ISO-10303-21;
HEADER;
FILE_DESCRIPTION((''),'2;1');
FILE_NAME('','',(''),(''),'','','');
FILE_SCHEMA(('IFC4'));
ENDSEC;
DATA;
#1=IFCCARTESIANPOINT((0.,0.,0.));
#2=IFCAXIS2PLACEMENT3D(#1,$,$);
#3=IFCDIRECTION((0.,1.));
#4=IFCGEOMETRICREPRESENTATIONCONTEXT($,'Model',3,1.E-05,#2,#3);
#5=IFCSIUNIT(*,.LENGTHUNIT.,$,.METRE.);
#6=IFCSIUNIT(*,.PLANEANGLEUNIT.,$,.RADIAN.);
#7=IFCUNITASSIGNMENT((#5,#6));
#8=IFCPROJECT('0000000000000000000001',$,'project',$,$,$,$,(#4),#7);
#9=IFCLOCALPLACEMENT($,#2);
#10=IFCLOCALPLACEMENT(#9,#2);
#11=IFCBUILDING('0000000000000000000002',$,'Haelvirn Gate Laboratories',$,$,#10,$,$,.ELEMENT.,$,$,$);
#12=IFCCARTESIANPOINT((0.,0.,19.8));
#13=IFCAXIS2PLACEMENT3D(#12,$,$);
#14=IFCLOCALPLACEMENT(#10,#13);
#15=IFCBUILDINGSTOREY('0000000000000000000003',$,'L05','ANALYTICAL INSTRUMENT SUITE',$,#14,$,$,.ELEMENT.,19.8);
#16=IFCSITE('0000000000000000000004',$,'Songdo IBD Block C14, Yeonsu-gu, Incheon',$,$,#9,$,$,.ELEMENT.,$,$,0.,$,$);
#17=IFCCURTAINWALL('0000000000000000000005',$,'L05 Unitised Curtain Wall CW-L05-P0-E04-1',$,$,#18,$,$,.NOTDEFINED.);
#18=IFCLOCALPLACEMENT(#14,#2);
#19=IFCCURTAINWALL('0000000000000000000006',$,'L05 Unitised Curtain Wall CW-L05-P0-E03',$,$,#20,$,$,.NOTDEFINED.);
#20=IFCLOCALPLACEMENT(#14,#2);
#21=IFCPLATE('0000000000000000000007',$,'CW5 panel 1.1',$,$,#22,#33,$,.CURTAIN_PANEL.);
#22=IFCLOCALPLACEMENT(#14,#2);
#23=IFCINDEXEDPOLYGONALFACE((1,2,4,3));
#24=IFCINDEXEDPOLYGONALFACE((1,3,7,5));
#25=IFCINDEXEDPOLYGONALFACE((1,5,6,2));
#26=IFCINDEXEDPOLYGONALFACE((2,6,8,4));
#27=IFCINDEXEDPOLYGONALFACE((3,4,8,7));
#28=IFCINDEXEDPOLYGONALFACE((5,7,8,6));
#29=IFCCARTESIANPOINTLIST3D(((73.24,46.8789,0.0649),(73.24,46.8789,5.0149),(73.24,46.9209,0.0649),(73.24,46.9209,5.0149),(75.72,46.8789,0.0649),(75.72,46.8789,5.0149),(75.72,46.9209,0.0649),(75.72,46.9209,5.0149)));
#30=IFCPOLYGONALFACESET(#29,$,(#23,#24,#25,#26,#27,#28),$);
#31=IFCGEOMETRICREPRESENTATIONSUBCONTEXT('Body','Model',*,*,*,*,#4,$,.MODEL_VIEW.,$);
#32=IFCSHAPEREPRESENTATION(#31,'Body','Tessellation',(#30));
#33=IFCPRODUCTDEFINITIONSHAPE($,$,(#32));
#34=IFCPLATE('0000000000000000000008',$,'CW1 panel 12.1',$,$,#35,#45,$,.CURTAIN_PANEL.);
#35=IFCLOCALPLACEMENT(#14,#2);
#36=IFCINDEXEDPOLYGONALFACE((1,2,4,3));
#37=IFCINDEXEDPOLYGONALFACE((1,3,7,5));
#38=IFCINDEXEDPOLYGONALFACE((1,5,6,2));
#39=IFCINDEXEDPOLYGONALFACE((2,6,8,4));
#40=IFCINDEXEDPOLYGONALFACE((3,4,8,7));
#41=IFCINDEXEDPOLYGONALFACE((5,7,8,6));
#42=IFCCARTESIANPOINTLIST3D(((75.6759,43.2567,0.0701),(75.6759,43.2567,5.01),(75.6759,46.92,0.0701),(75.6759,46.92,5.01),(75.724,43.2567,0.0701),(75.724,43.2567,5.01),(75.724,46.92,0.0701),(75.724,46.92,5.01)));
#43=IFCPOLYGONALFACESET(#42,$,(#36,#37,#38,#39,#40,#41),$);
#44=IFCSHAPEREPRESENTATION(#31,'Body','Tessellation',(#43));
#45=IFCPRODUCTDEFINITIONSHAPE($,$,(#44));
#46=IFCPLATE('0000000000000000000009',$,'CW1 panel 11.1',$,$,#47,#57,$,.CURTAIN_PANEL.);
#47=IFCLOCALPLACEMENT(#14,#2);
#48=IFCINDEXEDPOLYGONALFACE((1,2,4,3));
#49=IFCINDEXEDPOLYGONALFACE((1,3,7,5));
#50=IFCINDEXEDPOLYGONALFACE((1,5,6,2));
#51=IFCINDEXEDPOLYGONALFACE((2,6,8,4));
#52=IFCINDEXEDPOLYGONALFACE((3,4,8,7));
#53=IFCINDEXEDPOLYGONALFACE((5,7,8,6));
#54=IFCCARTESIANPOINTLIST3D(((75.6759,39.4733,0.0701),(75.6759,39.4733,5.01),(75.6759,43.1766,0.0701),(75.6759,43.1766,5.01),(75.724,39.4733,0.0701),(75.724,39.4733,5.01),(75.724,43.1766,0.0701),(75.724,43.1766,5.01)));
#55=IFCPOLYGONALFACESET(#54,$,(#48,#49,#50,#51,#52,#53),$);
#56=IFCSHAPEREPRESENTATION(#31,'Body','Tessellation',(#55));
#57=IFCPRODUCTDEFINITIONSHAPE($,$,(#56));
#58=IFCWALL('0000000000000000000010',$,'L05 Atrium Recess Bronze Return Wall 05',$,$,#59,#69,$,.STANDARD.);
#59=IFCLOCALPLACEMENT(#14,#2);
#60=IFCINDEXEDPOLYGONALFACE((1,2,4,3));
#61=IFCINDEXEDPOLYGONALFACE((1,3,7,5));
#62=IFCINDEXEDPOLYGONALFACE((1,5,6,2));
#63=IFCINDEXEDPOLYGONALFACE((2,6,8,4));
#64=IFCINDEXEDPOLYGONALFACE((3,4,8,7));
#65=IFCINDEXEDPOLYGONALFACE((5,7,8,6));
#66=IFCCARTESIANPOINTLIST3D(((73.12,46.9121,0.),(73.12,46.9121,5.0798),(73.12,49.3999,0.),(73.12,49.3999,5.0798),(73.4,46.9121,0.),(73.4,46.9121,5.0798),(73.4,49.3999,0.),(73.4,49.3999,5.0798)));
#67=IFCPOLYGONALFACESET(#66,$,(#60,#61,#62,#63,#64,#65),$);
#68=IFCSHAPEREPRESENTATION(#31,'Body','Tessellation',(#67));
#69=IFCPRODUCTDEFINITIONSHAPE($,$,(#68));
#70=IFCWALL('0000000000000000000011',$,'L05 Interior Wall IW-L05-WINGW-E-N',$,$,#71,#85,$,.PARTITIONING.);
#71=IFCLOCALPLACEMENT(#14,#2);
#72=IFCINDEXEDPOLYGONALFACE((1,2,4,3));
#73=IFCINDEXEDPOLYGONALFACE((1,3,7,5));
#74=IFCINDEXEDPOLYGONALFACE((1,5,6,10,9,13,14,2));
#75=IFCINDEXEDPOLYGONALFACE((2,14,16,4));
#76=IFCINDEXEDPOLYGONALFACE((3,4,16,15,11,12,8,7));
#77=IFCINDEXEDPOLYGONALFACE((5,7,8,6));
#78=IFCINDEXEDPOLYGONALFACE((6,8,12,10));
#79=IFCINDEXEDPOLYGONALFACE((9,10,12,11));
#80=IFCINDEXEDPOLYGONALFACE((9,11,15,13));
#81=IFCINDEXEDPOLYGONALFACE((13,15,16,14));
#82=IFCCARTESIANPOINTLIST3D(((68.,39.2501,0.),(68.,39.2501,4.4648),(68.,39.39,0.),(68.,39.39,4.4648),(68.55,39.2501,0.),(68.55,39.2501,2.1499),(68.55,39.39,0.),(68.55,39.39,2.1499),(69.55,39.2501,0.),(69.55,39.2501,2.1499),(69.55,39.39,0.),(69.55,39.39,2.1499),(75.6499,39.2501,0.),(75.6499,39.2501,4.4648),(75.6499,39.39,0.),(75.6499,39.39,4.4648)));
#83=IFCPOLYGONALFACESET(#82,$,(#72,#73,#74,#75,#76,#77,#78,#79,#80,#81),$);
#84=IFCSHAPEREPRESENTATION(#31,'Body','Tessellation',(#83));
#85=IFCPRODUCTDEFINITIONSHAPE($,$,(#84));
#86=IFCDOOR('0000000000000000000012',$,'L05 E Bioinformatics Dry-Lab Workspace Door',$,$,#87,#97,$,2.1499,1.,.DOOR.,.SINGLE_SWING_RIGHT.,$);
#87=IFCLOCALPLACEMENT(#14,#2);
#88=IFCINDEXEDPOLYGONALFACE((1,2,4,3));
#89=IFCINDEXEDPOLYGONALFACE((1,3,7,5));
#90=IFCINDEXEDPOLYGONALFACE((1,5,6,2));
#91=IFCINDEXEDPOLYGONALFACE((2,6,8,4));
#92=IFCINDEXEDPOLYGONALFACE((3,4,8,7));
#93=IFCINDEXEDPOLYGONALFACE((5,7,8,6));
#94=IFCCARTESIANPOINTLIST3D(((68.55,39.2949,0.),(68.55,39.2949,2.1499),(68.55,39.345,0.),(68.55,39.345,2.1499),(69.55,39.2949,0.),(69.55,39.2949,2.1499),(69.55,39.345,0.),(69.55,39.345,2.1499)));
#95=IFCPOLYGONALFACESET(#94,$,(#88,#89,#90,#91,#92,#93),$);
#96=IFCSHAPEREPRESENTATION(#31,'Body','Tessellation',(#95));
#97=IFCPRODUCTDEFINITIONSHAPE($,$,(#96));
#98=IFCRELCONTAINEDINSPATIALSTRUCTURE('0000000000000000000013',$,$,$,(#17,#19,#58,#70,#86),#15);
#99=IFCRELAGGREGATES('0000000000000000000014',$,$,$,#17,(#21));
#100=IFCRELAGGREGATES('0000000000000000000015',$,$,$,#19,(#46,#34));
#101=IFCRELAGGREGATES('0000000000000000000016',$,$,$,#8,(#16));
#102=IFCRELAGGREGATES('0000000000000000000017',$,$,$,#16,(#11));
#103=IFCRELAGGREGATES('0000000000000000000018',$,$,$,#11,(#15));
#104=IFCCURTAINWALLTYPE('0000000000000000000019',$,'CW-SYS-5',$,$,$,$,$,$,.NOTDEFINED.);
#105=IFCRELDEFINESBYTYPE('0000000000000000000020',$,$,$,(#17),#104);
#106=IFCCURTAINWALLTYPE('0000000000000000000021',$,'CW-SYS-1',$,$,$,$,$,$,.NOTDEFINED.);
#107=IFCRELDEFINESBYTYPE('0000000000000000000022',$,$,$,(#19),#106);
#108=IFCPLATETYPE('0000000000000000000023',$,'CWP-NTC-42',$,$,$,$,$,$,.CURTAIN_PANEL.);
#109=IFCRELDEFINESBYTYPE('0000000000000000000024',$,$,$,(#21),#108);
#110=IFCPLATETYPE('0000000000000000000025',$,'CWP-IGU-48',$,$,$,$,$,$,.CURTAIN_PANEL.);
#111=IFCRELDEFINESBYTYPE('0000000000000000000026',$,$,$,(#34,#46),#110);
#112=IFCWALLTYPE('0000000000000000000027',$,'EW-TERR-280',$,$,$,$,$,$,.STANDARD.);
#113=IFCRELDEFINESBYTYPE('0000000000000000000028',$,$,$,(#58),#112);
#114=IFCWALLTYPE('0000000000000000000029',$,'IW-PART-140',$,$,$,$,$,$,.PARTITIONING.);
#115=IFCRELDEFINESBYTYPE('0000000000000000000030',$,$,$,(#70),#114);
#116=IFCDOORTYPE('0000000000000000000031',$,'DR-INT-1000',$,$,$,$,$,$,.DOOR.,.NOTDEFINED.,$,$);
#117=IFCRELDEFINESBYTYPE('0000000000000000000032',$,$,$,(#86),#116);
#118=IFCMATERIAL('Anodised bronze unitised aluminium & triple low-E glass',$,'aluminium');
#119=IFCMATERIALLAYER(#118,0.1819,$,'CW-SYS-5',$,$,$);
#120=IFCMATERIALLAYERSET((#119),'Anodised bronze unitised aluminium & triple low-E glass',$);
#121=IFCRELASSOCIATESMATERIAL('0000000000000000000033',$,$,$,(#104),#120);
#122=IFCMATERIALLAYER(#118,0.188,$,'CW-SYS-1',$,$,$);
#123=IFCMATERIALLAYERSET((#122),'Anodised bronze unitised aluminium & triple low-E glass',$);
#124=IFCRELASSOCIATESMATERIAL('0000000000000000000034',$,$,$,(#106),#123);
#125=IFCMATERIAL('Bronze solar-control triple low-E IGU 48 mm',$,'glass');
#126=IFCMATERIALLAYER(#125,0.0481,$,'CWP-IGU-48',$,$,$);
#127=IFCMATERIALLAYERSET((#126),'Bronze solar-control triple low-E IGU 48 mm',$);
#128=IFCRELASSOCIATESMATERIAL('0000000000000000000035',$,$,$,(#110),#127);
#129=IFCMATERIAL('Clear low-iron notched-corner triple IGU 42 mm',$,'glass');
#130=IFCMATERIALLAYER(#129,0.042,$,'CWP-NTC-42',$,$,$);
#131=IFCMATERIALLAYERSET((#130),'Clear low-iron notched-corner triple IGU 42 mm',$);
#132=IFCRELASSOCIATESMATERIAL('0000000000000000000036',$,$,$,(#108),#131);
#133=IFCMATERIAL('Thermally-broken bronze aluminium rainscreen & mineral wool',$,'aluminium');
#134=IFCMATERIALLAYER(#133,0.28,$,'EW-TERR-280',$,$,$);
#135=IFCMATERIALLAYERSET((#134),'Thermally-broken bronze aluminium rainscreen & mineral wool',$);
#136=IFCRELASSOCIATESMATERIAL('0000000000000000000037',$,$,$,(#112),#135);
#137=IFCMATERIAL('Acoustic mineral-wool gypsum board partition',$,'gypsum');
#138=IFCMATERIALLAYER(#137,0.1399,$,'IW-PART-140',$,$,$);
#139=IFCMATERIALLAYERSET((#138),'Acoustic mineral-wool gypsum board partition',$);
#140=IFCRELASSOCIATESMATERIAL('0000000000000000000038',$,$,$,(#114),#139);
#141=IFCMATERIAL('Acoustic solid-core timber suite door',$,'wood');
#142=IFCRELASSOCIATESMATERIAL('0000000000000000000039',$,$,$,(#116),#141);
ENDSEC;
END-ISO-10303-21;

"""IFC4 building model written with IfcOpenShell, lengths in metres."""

from ifc_helpers import new_model, si_unit, direction, frame, frame_2d, origin, origin_2d, place, context, subcontext, project, spatial, rectangle, extrude, source, transform, mapped, material, layer, layer_set, type_object, type_shapes, element, fill, aggregate, save


model = new_model("IFC4")

# Units and contexts
model_context = context("Model", 3, precision=1e-05, world=origin(), true_north=direction((0.0, 1.0)))
body_context = subcontext(model_context, "Body", "Model", "MODEL_VIEW")
ifc_project = project(units=[si_unit("LENGTHUNIT", "METRE"), si_unit("PLANEANGLEUNIT", "RADIAN")], contexts=[model_context])

# Site, building, storey
site_placement = place(None, origin())
site = spatial("IfcSite", under=ifc_project, at=site_placement, Name="Songdo IBD Block C14, Yeonsu-gu, Incheon", CompositionType="ELEMENT", RefElevation=0.0)
building_placement = place(site_placement, origin())
building = spatial("IfcBuilding", under=site, at=building_placement, Name="Haelvirn Gate Laboratories", CompositionType="ELEMENT")
storey_placement = place(building_placement, frame((0.0, 0.0, 19.8)))
storey = spatial("IfcBuildingStorey", under=building, at=storey_placement, Name="L05", Description="ANALYTICAL INSTRUMENT SUITE", CompositionType="ELEMENT", Elevation=19.8)

# Curtain walls
ifc_material_1 = material(Name="Anodised bronze unitised aluminium & triple low-E glass", Category="aluminium")
ifc_layer_1 = layer(ifc_material_1, 0.1819, Name="CW-SYS-5")
ifc_layer_set_1 = layer_set([ifc_layer_1], Name="Anodised bronze unitised aluminium & triple low-E glass")
curtain_wall_type_1 = type_object("IfcCurtainWallType", Name="CW-SYS-5", PredefinedType="NOTDEFINED", material=ifc_layer_set_1)
curtain_wall_1_placement = place(storey_placement, origin())
curtain_wall_1 = element("IfcCurtainWall", 1, at=curtain_wall_1_placement, inside=storey, type_object=curtain_wall_type_1, Name="L05 Unitised Curtain Wall CW-L05-P0-E04-1", PredefinedType="NOTDEFINED")
ifc_layer_2 = layer(ifc_material_1, 0.188, Name="CW-SYS-1")
ifc_layer_set_2 = layer_set([ifc_layer_2], Name="Anodised bronze unitised aluminium & triple low-E glass")
curtain_wall_type_2 = type_object("IfcCurtainWallType", Name="CW-SYS-1", PredefinedType="NOTDEFINED", material=ifc_layer_set_2)
curtain_wall_2_placement = place(storey_placement, origin())
curtain_wall_2 = element("IfcCurtainWall", 2, at=curtain_wall_2_placement, inside=storey, type_object=curtain_wall_type_2, Name="L05 Unitised Curtain Wall CW-L05-P0-E03", PredefinedType="NOTDEFINED")

# Shared definitions
ifc_material_2 = material(Name="Bronze solar-control triple low-E IGU 48 mm", Category="glass")
ifc_layer_3 = layer(ifc_material_2, 0.0481, Name="CWP-IGU-48")
ifc_layer_set_3 = layer_set([ifc_layer_3], Name="Bronze solar-control triple low-E IGU 48 mm")
plate_type_1 = type_object("IfcPlateType", Name="CWP-IGU-48", PredefinedType="CURTAIN_PANEL", material=ifc_layer_set_3)

# Plates
ifc_material_3 = material(Name="Clear low-iron notched-corner triple IGU 42 mm", Category="glass")
ifc_layer_4 = layer(ifc_material_3, 0.042, Name="CWP-NTC-42")
ifc_layer_set_4 = layer_set([ifc_layer_4], Name="Clear low-iron notched-corner triple IGU 42 mm")
plate_type_2 = type_object("IfcPlateType", Name="CWP-NTC-42", PredefinedType="CURTAIN_PANEL", material=ifc_layer_set_4)
shared_shape_1 = source(origin(), body_context, "Body", "SweptSolid", [
    extrude(rectangle(XDim=2.48, YDim=0.042, at=origin_2d()), origin(), (0.0, 0.0, 1.0), 4.95),
])
type_shapes(plate_type_2, [shared_shape_1])
plate_1_placement = place(storey_placement, frame((74.48, 46.8999, 0.0649), z_axis=(0.0, 0.0, 1.0), x_axis=(1.0, 0.0, 0.0)))
plate_1 = element("IfcPlate", 3, at=plate_1_placement, type_object=plate_type_2, Name="CW5 panel 1.1", PredefinedType="CURTAIN_PANEL", context=body_context, shape_type="MappedRepresentation", body=[
    mapped(shared_shape_1, transform((0.0, 0.0, 0.0), scale=1.0)),
])
aggregate(curtain_wall_1, [plate_1])
shared_shape_2 = source(origin(), body_context, "Body", "SweptSolid", [
    extrude(rectangle(XDim=3.6633, YDim=0.0481, at=origin_2d()), origin(), (0.0, 0.0, 1.0), 4.9399),
])
plate_2_placement = place(storey_placement, frame((75.7, 45.0884, 0.0701), z_axis=(0.0, 0.0, 1.0), x_axis=(0.0, 1.0, 0.0)))
plate_2 = element("IfcPlate", 4, at=plate_2_placement, type_object=plate_type_1, Name="CW1 panel 12.1", PredefinedType="CURTAIN_PANEL", context=body_context, shape_type="MappedRepresentation", body=[
    mapped(shared_shape_2, transform((0.0, 0.0, 0.0), scale=1.0)),
])
shared_shape_3 = source(origin(), body_context, "Body", "SweptSolid", [
    extrude(rectangle(XDim=3.7034, YDim=0.0481, at=origin_2d()), origin(), (0.0, 0.0, 1.0), 4.9399),
])
plate_3_placement = place(storey_placement, frame((75.7, 41.325, 0.0701), z_axis=(0.0, 0.0, 1.0), x_axis=(0.0, 1.0, 0.0)))
plate_3 = element("IfcPlate", 5, at=plate_3_placement, type_object=plate_type_1, Name="CW1 panel 11.1", PredefinedType="CURTAIN_PANEL", context=body_context, shape_type="MappedRepresentation", body=[
    mapped(shared_shape_3, transform((0.0, 0.0, 0.0), scale=1.0)),
])
aggregate(curtain_wall_2, [plate_3, plate_2])

# Wall
ifc_material_4 = material(Name="Thermally-broken bronze aluminium rainscreen & mineral wool", Category="aluminium")
ifc_layer_5 = layer(ifc_material_4, 0.28, Name="EW-TERR-280")
ifc_layer_set_5 = layer_set([ifc_layer_5], Name="Thermally-broken bronze aluminium rainscreen & mineral wool")
wall_type_1 = type_object("IfcWallType", Name="EW-TERR-280", PredefinedType="STANDARD", material=ifc_layer_set_5)
wall_1_placement = place(storey_placement, frame((73.26, 46.9121, 0.0), z_axis=(0.0, 0.0, 1.0), x_axis=(0.0, 1.0, 0.0)))
element("IfcWall", 6, at=wall_1_placement, inside=storey, type_object=wall_type_1, Name="L05 Atrium Recess Bronze Return Wall 05", PredefinedType="STANDARD", context=body_context, shape_type="SweptSolid", body=[
    extrude(rectangle(XDim=2.4878, YDim=0.28, at=frame_2d((1.2439, 0.0))), origin(), (0.0, 0.0, 1.0), 5.0798),
])

# Wall, opening, door
ifc_material_5 = material(Name="Acoustic mineral-wool gypsum board partition", Category="gypsum")
ifc_layer_6 = layer(ifc_material_5, 0.1399, Name="IW-PART-140")
ifc_layer_set_6 = layer_set([ifc_layer_6], Name="Acoustic mineral-wool gypsum board partition")
wall_type_2 = type_object("IfcWallType", Name="IW-PART-140", PredefinedType="PARTITIONING", material=ifc_layer_set_6)
wall_2_placement = place(storey_placement, frame((68.0, 39.3201, 0.0), z_axis=(0.0, 0.0, 1.0), x_axis=(1.0, 0.0, 0.0)))
wall_2 = element("IfcWall", 7, at=wall_2_placement, inside=storey, type_object=wall_type_2, Name="L05 Interior Wall IW-L05-WINGW-E-N", PredefinedType="PARTITIONING", context=body_context, shape_type="SweptSolid", body=[
    extrude(rectangle(XDim=7.6499, YDim=0.1399, at=frame_2d((3.825, 0.0))), origin(), (0.0, 0.0, 1.0), 4.4648),
])
opening_placement = place(wall_2_placement, frame((0.55, 0.0, 0.0)))
opening = element("IfcOpeningElement", 8, at=opening_placement, cuts=wall_2, PredefinedType="OPENING", context=body_context, shape_type="SweptSolid", body=[
    extrude(rectangle(XDim=1.0, YDim=2.1499, at=frame_2d((0.5, 1.075))), frame((0.0, 0.0801, 0.0), z_axis=(0.0, -1.0, 0.0), x_axis=(1.0, 0.0, 0.0)), (0.0, 0.0, 1.0), 0.1599),
])
ifc_material_6 = material(Name="Acoustic solid-core timber suite door", Category="wood")
door_type = type_object("IfcDoorType", Name="DR-INT-1000", OperationType="NOTDEFINED", PredefinedType="DOOR", material=ifc_material_6)
shared_shape_4 = source(origin(), body_context, "Body", "SweptSolid", [
    extrude(rectangle(XDim=1.0, YDim=2.1499, at=frame_2d((0.5, 1.075))), frame((0.0, 0.0249, 0.0), z_axis=(0.0, -1.0, 0.0), x_axis=(1.0, 0.0, 0.0)), (0.0, 0.0, 1.0), 0.05),
])
type_shapes(door_type, [shared_shape_4])
door_placement = place(opening_placement, origin())
door = element("IfcDoor", 9, at=door_placement, inside=storey, type_object=door_type, Name="L05 E Bioinformatics Dry-Lab Workspace Door", OperationType="SINGLE_SWING_RIGHT", OverallHeight=2.1499, OverallWidth=1.0, PredefinedType="DOOR", context=body_context, shape_type="MappedRepresentation", body=[
    mapped(shared_shape_4, transform((0.0, 0.0, 0.0), scale=1.0)),
])
fill(opening, door)

save(model, "model.ifc")
